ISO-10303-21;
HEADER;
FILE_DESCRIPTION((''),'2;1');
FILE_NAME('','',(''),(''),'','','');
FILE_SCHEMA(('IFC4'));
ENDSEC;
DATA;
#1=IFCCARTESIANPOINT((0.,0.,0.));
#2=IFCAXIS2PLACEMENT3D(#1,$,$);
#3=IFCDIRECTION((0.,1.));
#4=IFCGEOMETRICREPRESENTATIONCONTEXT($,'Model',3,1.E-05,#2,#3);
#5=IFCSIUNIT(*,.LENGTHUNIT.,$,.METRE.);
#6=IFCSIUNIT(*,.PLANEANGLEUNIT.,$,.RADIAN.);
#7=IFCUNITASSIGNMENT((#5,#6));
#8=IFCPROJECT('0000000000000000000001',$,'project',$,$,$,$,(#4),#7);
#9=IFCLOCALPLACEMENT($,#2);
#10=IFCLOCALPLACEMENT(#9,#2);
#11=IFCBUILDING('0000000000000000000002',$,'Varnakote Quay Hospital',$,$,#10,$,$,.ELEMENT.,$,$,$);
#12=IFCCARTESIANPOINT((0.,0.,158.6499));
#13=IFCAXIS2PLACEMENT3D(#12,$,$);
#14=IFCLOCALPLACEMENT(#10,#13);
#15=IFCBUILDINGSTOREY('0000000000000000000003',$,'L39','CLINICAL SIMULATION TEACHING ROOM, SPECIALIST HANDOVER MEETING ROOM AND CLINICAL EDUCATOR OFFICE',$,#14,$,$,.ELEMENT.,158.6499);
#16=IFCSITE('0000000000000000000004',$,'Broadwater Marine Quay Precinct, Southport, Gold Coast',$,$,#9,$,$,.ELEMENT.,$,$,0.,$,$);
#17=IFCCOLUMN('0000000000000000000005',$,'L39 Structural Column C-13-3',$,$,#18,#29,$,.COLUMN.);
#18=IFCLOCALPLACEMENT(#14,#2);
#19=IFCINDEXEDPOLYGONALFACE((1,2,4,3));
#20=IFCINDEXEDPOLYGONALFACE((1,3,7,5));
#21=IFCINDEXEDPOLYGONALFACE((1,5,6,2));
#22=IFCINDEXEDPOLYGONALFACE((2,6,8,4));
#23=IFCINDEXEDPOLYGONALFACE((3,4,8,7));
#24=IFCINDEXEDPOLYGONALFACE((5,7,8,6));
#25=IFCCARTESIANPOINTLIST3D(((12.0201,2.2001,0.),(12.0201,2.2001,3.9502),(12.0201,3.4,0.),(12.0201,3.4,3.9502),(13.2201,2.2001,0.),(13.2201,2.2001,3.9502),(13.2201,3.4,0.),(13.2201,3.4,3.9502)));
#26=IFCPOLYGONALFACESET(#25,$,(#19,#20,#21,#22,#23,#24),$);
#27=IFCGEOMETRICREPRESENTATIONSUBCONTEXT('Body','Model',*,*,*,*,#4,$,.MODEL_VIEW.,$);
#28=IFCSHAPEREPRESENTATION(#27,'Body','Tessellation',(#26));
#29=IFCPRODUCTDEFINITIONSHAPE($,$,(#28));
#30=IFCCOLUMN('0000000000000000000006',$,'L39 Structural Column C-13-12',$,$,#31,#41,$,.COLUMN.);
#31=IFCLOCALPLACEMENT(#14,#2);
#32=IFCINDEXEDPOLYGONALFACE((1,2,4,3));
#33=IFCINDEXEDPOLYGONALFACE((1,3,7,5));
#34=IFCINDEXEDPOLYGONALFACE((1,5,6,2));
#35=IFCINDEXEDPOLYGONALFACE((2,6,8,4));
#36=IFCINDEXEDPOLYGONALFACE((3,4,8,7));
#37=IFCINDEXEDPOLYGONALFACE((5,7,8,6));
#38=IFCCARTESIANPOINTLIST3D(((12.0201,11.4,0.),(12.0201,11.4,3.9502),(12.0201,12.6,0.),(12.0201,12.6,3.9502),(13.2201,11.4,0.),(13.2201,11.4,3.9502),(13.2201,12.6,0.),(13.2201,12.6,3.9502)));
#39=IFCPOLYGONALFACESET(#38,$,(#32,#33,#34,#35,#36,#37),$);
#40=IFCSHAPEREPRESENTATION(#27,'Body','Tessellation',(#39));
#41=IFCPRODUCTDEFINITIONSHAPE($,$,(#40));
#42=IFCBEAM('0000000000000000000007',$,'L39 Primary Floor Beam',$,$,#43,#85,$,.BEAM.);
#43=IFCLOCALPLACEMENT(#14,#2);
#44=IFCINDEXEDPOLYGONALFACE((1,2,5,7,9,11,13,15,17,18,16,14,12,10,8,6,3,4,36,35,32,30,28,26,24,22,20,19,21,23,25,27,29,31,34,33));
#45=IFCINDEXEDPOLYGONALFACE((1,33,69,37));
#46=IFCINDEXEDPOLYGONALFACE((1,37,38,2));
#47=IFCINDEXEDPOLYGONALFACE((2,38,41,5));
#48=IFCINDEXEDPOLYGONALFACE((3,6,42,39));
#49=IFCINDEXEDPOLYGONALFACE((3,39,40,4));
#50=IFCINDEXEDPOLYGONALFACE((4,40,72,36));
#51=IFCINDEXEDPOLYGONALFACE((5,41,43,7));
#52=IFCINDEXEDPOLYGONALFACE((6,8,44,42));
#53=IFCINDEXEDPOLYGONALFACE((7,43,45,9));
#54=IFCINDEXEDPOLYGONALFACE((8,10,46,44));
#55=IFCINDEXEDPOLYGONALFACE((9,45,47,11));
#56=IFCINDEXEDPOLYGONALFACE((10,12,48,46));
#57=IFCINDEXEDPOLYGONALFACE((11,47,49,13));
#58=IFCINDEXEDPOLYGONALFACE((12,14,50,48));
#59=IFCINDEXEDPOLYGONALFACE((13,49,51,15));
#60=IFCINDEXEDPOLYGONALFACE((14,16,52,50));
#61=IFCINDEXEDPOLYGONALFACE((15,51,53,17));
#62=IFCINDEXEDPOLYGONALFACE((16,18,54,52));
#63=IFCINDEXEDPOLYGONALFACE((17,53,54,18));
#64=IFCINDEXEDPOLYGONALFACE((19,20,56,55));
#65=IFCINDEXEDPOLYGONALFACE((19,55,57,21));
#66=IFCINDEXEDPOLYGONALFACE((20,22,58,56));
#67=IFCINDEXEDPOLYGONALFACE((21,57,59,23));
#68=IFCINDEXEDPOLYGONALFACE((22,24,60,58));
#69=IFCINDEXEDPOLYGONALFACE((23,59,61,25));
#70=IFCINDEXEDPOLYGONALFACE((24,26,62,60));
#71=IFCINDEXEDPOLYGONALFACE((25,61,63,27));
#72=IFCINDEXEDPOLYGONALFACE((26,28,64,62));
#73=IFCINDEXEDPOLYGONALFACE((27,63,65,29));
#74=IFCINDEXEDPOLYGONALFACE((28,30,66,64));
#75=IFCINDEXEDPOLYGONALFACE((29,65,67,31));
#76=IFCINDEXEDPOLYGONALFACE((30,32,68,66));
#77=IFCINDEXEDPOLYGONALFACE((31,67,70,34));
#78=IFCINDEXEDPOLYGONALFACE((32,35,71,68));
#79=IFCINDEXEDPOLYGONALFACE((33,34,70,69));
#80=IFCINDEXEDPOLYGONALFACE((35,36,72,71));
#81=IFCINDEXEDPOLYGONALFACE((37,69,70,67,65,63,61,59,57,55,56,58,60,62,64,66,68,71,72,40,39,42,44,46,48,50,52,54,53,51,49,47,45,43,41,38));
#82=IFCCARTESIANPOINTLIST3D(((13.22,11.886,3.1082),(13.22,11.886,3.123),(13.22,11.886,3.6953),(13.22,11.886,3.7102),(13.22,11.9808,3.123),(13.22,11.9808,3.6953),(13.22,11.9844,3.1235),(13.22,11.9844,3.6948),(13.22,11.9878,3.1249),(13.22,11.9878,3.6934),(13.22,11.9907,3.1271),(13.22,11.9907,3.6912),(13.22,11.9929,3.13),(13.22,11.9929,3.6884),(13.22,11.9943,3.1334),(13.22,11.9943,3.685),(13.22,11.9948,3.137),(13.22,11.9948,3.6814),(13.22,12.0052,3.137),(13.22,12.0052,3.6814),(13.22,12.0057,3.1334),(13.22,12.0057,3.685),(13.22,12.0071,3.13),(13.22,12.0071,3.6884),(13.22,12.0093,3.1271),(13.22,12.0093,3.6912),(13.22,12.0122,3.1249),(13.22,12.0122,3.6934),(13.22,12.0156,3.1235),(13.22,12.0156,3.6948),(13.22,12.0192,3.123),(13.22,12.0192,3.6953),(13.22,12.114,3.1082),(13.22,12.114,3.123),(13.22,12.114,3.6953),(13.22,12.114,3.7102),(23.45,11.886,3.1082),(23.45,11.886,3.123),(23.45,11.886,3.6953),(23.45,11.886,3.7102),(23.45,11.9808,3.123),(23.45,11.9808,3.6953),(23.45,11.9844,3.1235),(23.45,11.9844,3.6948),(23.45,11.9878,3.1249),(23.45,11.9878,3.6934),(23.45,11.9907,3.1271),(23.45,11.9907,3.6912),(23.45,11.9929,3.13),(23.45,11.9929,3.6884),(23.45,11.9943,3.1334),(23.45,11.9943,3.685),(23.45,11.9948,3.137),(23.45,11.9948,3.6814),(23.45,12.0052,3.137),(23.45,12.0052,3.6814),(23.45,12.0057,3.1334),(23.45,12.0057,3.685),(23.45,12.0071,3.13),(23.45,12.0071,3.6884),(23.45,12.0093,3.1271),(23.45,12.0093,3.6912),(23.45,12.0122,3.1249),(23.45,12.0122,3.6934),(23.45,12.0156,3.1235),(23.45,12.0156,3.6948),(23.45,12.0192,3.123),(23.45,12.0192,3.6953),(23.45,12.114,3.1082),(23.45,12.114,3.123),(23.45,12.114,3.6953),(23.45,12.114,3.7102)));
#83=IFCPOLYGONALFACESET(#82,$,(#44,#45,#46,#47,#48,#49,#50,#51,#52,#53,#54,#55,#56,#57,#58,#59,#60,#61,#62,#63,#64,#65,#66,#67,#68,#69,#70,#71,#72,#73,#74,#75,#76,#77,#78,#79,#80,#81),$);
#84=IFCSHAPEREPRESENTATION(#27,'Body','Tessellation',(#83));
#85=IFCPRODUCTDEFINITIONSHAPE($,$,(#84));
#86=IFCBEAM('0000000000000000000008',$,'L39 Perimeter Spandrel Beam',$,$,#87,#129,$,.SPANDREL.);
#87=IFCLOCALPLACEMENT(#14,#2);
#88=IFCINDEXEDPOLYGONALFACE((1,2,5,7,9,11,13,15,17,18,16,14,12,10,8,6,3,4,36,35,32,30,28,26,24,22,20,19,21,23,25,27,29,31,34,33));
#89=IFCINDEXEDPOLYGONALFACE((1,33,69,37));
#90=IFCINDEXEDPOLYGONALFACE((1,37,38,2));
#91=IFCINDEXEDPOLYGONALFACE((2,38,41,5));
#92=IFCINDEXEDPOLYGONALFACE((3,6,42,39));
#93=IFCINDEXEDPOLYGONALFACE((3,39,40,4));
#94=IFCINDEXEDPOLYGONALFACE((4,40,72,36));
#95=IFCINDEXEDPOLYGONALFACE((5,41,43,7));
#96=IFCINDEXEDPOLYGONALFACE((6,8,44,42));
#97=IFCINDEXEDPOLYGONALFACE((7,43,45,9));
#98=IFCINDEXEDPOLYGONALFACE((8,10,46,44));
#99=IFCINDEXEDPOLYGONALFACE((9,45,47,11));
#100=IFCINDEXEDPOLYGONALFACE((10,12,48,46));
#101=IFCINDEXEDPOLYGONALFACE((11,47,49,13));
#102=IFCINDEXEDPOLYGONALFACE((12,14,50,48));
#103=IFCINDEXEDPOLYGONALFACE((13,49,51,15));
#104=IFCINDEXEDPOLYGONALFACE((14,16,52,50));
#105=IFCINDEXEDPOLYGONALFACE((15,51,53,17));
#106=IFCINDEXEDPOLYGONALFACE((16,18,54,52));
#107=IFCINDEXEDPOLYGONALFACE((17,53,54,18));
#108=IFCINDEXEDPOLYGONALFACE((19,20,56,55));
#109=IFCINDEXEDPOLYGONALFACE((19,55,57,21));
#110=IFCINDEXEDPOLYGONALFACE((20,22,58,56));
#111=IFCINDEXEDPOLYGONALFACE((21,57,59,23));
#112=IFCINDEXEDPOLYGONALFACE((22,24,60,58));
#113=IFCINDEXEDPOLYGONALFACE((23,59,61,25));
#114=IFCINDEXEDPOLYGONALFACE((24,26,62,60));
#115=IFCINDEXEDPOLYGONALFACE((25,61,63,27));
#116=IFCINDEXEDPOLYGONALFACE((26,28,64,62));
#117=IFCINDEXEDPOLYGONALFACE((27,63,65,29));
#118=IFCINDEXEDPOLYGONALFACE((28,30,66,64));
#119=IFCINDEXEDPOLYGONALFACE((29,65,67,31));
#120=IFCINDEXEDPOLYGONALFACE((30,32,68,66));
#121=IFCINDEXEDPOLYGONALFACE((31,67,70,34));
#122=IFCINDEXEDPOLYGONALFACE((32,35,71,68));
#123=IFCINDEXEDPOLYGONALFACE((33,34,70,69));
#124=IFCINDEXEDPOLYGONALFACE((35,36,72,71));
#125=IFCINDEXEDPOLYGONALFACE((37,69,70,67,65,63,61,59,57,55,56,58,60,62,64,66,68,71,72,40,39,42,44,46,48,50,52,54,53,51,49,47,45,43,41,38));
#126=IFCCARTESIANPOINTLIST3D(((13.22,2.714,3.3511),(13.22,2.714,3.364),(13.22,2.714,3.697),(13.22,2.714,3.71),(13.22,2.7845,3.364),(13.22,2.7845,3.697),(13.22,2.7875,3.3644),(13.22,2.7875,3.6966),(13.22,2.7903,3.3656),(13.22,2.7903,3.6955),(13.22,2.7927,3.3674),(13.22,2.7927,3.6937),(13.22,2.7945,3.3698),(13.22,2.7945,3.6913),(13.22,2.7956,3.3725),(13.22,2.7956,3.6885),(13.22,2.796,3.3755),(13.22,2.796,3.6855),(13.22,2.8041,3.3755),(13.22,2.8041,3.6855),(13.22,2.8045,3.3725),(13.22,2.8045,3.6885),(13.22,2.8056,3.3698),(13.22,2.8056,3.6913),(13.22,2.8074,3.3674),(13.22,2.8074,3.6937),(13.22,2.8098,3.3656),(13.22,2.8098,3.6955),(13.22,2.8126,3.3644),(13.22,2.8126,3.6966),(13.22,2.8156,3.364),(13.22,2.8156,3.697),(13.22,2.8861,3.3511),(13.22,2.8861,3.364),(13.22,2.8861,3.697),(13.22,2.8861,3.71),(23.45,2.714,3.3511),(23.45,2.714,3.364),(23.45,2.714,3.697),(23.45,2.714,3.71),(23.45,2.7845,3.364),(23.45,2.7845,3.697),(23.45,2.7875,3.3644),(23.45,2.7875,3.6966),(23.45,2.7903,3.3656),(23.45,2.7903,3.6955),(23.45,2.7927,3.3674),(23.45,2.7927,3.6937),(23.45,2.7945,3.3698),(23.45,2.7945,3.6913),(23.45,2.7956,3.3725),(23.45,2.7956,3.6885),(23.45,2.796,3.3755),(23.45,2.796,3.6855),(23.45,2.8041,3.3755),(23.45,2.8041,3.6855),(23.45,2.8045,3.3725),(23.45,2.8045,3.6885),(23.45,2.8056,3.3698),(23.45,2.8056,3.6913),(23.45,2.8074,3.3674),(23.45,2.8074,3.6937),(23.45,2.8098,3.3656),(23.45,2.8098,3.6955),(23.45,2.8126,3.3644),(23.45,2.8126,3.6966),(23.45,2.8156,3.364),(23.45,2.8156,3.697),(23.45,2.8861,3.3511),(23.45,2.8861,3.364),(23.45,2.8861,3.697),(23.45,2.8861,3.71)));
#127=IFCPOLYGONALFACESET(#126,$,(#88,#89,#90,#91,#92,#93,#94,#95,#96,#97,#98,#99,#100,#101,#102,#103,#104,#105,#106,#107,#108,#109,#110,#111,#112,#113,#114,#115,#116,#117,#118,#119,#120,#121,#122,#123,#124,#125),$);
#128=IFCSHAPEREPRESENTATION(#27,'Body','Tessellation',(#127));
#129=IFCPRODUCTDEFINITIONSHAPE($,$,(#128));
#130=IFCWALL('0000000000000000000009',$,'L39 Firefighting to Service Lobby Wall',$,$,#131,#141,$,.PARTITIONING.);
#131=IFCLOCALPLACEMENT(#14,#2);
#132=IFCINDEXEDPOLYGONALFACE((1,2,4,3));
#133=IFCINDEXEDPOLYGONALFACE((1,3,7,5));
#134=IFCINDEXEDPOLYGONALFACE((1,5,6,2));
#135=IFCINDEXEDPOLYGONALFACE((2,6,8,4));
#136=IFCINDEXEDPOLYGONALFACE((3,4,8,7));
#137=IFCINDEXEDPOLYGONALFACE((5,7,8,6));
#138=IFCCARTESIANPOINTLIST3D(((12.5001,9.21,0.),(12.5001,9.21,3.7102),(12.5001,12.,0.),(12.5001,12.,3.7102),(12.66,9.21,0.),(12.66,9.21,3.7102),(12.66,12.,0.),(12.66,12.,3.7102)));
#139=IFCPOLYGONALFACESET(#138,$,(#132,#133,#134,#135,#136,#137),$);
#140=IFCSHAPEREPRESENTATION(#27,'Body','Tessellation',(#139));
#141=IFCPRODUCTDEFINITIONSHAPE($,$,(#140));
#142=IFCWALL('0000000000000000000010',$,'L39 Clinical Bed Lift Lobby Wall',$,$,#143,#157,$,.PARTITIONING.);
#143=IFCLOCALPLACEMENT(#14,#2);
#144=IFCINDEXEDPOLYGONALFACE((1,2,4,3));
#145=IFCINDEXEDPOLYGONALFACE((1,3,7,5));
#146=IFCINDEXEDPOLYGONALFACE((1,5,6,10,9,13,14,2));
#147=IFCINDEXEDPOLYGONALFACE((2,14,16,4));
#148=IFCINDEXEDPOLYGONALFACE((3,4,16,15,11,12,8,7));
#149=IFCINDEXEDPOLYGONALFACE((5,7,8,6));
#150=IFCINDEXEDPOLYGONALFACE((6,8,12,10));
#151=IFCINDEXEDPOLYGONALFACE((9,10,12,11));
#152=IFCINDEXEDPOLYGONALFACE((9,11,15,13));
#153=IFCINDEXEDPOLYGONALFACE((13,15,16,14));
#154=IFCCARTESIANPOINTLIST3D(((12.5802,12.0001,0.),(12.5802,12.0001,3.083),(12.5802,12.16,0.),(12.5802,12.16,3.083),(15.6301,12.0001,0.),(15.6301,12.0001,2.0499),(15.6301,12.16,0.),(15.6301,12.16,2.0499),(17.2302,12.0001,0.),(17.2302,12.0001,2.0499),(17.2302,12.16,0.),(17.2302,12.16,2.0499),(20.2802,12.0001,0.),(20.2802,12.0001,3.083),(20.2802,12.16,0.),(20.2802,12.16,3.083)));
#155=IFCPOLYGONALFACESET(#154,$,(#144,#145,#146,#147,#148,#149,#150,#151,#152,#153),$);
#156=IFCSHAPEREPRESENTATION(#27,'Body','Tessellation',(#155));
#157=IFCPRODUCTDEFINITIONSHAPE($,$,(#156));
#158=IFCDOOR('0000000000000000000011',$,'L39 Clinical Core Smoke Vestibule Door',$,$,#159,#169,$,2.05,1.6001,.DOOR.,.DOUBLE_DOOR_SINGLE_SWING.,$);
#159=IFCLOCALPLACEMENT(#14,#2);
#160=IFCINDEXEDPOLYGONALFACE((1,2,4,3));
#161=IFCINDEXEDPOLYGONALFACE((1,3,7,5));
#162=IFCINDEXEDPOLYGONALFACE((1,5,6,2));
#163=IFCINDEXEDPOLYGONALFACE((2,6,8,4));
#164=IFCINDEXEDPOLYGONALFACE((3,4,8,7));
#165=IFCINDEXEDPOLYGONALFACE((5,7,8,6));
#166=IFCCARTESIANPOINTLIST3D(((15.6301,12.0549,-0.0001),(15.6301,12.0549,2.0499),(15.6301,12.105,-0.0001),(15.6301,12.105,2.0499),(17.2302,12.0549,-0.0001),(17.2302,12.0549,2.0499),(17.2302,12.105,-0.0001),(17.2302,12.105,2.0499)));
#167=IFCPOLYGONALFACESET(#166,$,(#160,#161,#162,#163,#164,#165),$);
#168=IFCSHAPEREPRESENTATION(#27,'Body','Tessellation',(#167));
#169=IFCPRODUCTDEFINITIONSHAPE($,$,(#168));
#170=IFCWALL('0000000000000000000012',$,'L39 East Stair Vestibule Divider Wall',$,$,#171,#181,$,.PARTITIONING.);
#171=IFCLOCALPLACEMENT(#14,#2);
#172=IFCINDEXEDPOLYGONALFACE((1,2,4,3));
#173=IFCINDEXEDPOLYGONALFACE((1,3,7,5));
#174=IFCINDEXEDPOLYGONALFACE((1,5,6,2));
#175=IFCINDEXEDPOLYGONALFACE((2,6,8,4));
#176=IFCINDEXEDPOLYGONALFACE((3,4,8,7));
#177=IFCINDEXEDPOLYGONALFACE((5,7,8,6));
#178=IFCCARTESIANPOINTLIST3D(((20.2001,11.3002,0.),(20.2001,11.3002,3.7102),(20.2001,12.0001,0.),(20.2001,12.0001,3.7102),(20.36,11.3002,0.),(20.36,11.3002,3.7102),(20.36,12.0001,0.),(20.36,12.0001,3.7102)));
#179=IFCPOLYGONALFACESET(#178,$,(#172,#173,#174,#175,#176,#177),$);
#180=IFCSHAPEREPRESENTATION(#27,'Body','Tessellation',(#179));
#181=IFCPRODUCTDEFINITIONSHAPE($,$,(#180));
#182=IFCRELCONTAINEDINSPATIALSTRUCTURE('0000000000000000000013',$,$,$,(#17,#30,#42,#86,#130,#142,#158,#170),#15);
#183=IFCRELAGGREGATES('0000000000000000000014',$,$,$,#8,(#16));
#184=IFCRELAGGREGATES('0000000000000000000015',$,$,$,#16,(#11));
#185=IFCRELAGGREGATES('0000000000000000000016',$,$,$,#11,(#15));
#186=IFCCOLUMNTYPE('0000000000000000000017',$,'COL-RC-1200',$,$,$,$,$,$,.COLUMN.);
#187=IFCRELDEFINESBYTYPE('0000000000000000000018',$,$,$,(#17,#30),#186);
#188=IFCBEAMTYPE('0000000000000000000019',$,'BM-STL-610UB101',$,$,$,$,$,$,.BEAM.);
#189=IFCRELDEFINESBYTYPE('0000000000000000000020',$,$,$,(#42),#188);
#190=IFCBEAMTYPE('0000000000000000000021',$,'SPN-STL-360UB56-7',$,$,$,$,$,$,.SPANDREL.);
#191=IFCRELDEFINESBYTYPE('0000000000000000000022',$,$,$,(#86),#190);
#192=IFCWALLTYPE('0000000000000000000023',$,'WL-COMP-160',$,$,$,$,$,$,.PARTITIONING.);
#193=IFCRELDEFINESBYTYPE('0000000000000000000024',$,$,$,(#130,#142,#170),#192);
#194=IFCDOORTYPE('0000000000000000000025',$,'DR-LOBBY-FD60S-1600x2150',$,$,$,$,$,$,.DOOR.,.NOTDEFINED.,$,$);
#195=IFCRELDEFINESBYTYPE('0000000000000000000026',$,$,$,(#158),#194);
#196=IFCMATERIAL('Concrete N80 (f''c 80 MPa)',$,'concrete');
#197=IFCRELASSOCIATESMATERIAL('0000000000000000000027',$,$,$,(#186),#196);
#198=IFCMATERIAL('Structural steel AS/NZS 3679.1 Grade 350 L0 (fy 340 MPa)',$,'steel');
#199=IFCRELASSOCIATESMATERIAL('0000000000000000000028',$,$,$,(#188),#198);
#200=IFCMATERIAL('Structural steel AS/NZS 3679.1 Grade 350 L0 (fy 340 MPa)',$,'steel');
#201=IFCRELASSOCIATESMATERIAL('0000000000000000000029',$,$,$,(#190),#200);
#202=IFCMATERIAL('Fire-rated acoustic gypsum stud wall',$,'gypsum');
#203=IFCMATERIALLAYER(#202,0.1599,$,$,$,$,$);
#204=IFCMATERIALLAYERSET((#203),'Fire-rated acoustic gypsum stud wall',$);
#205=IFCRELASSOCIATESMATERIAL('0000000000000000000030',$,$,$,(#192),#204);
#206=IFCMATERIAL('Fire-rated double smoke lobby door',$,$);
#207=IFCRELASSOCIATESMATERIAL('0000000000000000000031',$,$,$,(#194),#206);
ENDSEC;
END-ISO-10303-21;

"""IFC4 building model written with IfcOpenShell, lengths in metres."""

from ifc_helpers import new_model, si_unit, direction, frame, frame_2d, origin, origin_2d, place, context, subcontext, project, spatial, rectangle, i_section, extrude, material, layer, layer_set, material_profile, profile_set, type_object, element, fill, save


model = new_model("IFC4")

# Units and contexts
model_context = context("Model", 3, precision=1e-05, world=origin(), true_north=direction((0.0, 1.0)))
body_context = subcontext(model_context, "Body", "Model", "MODEL_VIEW")
ifc_project = project(units=[si_unit("LENGTHUNIT", "METRE"), si_unit("PLANEANGLEUNIT", "RADIAN")], contexts=[model_context])

# Site, building, storey
site_placement = place(None, origin())
site = spatial("IfcSite", under=ifc_project, at=site_placement, Name="Broadwater Marine Quay Precinct, Southport, Gold Coast", CompositionType="ELEMENT", RefElevation=0.0)
building_placement = place(site_placement, origin())
building = spatial("IfcBuilding", under=site, at=building_placement, Name="Varnakote Quay Hospital", CompositionType="ELEMENT")
storey_placement = place(building_placement, frame((0.0, 0.0, 158.6499)))
storey = spatial("IfcBuildingStorey", under=building, at=storey_placement, Name="L39", Description="CLINICAL SIMULATION TEACHING ROOM, SPECIALIST HANDOVER MEETING ROOM AND CLINICAL EDUCATOR OFFICE", CompositionType="ELEMENT", Elevation=158.6499)

# Columns
ifc_material_1 = material(Name="Concrete N80 (f'c 80 MPa)", Category="concrete")
ifc_material_profile_1 = material_profile(ifc_material_1, rectangle(XDim=1.2, YDim=1.2, at=origin_2d()), Name="RC-COL-1200x1200")
ifc_profile_set_1 = profile_set([ifc_material_profile_1], Name="Concrete N80 (f'c 80 MPa)")
column_type = type_object("IfcColumnType", Name="COL-RC-1200", PredefinedType="COLUMN", material=ifc_profile_set_1)
for number, where, z_axis, x_axis, name in (
    (1, (12.6201, 2.8, 0.0), (0.0, 0.0, 1.0), (1.0, 0.0, 0.0), "L39 Structural Column C-13-3"),
    (2, (12.6201, 12.0, 0.0), (0.0, 0.0, 1.0), (1.0, 0.0, 0.0), "L39 Structural Column C-13-12"),
):
    element("IfcColumn", number, at=place(storey_placement, frame(where, z_axis=z_axis, x_axis=x_axis)), inside=storey, type_object=column_type, Name=name, PredefinedType="COLUMN", context=body_context, shape_type="SweptSolid", body=[
        extrude(rectangle(XDim=1.2, YDim=1.2, at=origin_2d()), origin(), (0.0, 0.0, 1.0), 3.9502),
    ])

# Beams
ifc_material_2 = material(Name="Structural steel AS/NZS 3679.1 Grade 350 L0 (fy 340 MPa)", Category="steel")
ifc_material_profile_2 = material_profile(ifc_material_2, i_section(OverallWidth=0.228, OverallDepth=0.6021, WebThickness=0.0105, FlangeThickness=0.0149, FilletRadius=0.0139, at=origin_2d()), Name="610UB101")
ifc_profile_set_2 = profile_set([ifc_material_profile_2], Name="Structural steel AS/NZS 3679.1 Grade 350 L0 (fy 340 MPa)")
beam_type_1 = type_object("IfcBeamType", Name="BM-STL-610UB101", PredefinedType="BEAM", material=ifc_profile_set_2)
beam_1_placement = place(storey_placement, frame((13.22, 12.0, 3.4092), z_axis=(1.0, 0.0, 0.0), x_axis=(0.0, 1.0, 0.0)))
element("IfcBeam", 3, at=beam_1_placement, inside=storey, type_object=beam_type_1, Name="L39 Primary Floor Beam", PredefinedType="BEAM", context=body_context, shape_type="SweptSolid", body=[
    extrude(i_section(OverallWidth=0.228, OverallDepth=0.6021, WebThickness=0.0105, FlangeThickness=0.0149, FilletRadius=0.0139, at=origin_2d()), origin(), (0.0, 0.0, 1.0), 10.23),
])
ifc_material_3 = material(Name="Structural steel AS/NZS 3679.1 Grade 350 L0 (fy 340 MPa)", Category="steel")
ifc_material_profile_3 = material_profile(ifc_material_3, i_section(OverallWidth=0.1721, OverallDepth=0.3589, WebThickness=0.0081, FlangeThickness=0.0129, FilletRadius=0.0115, at=origin_2d()), Name="360UB56.7")
ifc_profile_set_3 = profile_set([ifc_material_profile_3], Name="Structural steel AS/NZS 3679.1 Grade 350 L0 (fy 340 MPa)")
beam_type_2 = type_object("IfcBeamType", Name="SPN-STL-360UB56-7", PredefinedType="SPANDREL", material=ifc_profile_set_3)
beam_2_placement = place(storey_placement, frame((13.22, 2.8, 3.5305), z_axis=(1.0, 0.0, 0.0), x_axis=(0.0, 1.0, 0.0)))
element("IfcBeam", 4, at=beam_2_placement, inside=storey, type_object=beam_type_2, Name="L39 Perimeter Spandrel Beam", PredefinedType="SPANDREL", context=body_context, shape_type="SweptSolid", body=[
    extrude(i_section(OverallWidth=0.1721, OverallDepth=0.3589, WebThickness=0.0081, FlangeThickness=0.0129, FilletRadius=0.0115, at=origin_2d()), origin(), (0.0, 0.0, 1.0), 10.23),
])

# Wall
ifc_material_4 = material(Name="Fire-rated acoustic gypsum stud wall", Category="gypsum")
ifc_layer_1 = layer(ifc_material_4, 0.1599)
ifc_layer_set_1 = layer_set([ifc_layer_1], Name="Fire-rated acoustic gypsum stud wall")
wall_type_1 = type_object("IfcWallType", Name="WL-COMP-160", PredefinedType="PARTITIONING", material=ifc_layer_set_1)
wall_1_placement = place(storey_placement, frame((12.5801, 9.21, 0.0), z_axis=(0.0, 0.0, 1.0), x_axis=(0.0, 1.0, 0.0)))
element("IfcWall", 5, at=wall_1_placement, inside=storey, type_object=wall_type_1, Name="L39 Firefighting to Service Lobby Wall", PredefinedType="PARTITIONING", context=body_context, shape_type="SweptSolid", body=[
    extrude(rectangle(XDim=2.79, YDim=0.1599, at=frame_2d((1.395, 0.0))), origin(), (0.0, 0.0, 1.0), 3.7102),
])

# Wall, opening, door
wall_2_placement = place(storey_placement, frame((12.5801, 12.0801, 0.0), z_axis=(0.0, 0.0, 1.0), x_axis=(1.0, 0.0, 0.0)))
wall_2 = element("IfcWall", 6, at=wall_2_placement, inside=storey, type_object=wall_type_1, Name="L39 Clinical Bed Lift Lobby Wall", PredefinedType="PARTITIONING", context=body_context, shape_type="SweptSolid", body=[
    extrude(rectangle(XDim=7.7, YDim=0.1599, at=frame_2d((3.8501, 0.0))), origin(), (0.0, 0.0, 1.0), 3.083),
])
opening_1_placement = place(wall_2_placement, frame((3.05, 0.0, 0.0)))
opening_1 = element("IfcOpeningElement", 7, at=opening_1_placement, cuts=wall_2, PredefinedType="OPENING", context=body_context, shape_type="SweptSolid", body=[
    extrude(rectangle(XDim=1.6001, YDim=2.05, at=frame_2d((0.8, 1.0249))), frame((0.0, 0.0898, 0.0), z_axis=(0.0, -1.0, 0.0), x_axis=(1.0, 0.0, 0.0)), (0.0, 0.0, 1.0), 0.1799),
])
ifc_material_5 = material(Name="Fire-rated double smoke lobby door")
door_type_1 = type_object("IfcDoorType", Name="DR-LOBBY-FD60S-1600x2150", OperationType="NOTDEFINED", PredefinedType="DOOR", material=ifc_material_5)
door_1_placement = place(opening_1_placement, origin())
door_1 = element("IfcDoor", 8, at=door_1_placement, inside=storey, type_object=door_type_1, Name="L39 Clinical Core Smoke Vestibule Door", OperationType="DOUBLE_DOOR_SINGLE_SWING", OverallHeight=2.05, OverallWidth=1.6001, PredefinedType="DOOR", context=body_context, shape_type="SweptSolid", body=[
    extrude(rectangle(XDim=1.6001, YDim=2.05, at=frame_2d((0.8, 1.0249))), frame((0.0, 0.0249, 0.0), z_axis=(0.0, -1.0, 0.0), x_axis=(1.0, 0.0, 0.0)), (0.0, 0.0, 1.0), 0.05),
])
fill(opening_1, door_1)

# Wall
wall_3_placement = place(storey_placement, frame((20.28, 11.3, 0.0), z_axis=(0.0, 0.0, 1.0), x_axis=(0.0, 1.0, 0.0)))
element("IfcWall", 9, at=wall_3_placement, inside=storey, type_object=wall_type_1, Name="L39 East Stair Vestibule Divider Wall", PredefinedType="PARTITIONING", context=body_context, shape_type="SweptSolid", body=[
    extrude(rectangle(XDim=0.7, YDim=0.1599, at=frame_2d((0.3501, 0.0))), origin(), (0.0, 0.0, 1.0), 3.7102),
])

save(model, "model.ifc")
